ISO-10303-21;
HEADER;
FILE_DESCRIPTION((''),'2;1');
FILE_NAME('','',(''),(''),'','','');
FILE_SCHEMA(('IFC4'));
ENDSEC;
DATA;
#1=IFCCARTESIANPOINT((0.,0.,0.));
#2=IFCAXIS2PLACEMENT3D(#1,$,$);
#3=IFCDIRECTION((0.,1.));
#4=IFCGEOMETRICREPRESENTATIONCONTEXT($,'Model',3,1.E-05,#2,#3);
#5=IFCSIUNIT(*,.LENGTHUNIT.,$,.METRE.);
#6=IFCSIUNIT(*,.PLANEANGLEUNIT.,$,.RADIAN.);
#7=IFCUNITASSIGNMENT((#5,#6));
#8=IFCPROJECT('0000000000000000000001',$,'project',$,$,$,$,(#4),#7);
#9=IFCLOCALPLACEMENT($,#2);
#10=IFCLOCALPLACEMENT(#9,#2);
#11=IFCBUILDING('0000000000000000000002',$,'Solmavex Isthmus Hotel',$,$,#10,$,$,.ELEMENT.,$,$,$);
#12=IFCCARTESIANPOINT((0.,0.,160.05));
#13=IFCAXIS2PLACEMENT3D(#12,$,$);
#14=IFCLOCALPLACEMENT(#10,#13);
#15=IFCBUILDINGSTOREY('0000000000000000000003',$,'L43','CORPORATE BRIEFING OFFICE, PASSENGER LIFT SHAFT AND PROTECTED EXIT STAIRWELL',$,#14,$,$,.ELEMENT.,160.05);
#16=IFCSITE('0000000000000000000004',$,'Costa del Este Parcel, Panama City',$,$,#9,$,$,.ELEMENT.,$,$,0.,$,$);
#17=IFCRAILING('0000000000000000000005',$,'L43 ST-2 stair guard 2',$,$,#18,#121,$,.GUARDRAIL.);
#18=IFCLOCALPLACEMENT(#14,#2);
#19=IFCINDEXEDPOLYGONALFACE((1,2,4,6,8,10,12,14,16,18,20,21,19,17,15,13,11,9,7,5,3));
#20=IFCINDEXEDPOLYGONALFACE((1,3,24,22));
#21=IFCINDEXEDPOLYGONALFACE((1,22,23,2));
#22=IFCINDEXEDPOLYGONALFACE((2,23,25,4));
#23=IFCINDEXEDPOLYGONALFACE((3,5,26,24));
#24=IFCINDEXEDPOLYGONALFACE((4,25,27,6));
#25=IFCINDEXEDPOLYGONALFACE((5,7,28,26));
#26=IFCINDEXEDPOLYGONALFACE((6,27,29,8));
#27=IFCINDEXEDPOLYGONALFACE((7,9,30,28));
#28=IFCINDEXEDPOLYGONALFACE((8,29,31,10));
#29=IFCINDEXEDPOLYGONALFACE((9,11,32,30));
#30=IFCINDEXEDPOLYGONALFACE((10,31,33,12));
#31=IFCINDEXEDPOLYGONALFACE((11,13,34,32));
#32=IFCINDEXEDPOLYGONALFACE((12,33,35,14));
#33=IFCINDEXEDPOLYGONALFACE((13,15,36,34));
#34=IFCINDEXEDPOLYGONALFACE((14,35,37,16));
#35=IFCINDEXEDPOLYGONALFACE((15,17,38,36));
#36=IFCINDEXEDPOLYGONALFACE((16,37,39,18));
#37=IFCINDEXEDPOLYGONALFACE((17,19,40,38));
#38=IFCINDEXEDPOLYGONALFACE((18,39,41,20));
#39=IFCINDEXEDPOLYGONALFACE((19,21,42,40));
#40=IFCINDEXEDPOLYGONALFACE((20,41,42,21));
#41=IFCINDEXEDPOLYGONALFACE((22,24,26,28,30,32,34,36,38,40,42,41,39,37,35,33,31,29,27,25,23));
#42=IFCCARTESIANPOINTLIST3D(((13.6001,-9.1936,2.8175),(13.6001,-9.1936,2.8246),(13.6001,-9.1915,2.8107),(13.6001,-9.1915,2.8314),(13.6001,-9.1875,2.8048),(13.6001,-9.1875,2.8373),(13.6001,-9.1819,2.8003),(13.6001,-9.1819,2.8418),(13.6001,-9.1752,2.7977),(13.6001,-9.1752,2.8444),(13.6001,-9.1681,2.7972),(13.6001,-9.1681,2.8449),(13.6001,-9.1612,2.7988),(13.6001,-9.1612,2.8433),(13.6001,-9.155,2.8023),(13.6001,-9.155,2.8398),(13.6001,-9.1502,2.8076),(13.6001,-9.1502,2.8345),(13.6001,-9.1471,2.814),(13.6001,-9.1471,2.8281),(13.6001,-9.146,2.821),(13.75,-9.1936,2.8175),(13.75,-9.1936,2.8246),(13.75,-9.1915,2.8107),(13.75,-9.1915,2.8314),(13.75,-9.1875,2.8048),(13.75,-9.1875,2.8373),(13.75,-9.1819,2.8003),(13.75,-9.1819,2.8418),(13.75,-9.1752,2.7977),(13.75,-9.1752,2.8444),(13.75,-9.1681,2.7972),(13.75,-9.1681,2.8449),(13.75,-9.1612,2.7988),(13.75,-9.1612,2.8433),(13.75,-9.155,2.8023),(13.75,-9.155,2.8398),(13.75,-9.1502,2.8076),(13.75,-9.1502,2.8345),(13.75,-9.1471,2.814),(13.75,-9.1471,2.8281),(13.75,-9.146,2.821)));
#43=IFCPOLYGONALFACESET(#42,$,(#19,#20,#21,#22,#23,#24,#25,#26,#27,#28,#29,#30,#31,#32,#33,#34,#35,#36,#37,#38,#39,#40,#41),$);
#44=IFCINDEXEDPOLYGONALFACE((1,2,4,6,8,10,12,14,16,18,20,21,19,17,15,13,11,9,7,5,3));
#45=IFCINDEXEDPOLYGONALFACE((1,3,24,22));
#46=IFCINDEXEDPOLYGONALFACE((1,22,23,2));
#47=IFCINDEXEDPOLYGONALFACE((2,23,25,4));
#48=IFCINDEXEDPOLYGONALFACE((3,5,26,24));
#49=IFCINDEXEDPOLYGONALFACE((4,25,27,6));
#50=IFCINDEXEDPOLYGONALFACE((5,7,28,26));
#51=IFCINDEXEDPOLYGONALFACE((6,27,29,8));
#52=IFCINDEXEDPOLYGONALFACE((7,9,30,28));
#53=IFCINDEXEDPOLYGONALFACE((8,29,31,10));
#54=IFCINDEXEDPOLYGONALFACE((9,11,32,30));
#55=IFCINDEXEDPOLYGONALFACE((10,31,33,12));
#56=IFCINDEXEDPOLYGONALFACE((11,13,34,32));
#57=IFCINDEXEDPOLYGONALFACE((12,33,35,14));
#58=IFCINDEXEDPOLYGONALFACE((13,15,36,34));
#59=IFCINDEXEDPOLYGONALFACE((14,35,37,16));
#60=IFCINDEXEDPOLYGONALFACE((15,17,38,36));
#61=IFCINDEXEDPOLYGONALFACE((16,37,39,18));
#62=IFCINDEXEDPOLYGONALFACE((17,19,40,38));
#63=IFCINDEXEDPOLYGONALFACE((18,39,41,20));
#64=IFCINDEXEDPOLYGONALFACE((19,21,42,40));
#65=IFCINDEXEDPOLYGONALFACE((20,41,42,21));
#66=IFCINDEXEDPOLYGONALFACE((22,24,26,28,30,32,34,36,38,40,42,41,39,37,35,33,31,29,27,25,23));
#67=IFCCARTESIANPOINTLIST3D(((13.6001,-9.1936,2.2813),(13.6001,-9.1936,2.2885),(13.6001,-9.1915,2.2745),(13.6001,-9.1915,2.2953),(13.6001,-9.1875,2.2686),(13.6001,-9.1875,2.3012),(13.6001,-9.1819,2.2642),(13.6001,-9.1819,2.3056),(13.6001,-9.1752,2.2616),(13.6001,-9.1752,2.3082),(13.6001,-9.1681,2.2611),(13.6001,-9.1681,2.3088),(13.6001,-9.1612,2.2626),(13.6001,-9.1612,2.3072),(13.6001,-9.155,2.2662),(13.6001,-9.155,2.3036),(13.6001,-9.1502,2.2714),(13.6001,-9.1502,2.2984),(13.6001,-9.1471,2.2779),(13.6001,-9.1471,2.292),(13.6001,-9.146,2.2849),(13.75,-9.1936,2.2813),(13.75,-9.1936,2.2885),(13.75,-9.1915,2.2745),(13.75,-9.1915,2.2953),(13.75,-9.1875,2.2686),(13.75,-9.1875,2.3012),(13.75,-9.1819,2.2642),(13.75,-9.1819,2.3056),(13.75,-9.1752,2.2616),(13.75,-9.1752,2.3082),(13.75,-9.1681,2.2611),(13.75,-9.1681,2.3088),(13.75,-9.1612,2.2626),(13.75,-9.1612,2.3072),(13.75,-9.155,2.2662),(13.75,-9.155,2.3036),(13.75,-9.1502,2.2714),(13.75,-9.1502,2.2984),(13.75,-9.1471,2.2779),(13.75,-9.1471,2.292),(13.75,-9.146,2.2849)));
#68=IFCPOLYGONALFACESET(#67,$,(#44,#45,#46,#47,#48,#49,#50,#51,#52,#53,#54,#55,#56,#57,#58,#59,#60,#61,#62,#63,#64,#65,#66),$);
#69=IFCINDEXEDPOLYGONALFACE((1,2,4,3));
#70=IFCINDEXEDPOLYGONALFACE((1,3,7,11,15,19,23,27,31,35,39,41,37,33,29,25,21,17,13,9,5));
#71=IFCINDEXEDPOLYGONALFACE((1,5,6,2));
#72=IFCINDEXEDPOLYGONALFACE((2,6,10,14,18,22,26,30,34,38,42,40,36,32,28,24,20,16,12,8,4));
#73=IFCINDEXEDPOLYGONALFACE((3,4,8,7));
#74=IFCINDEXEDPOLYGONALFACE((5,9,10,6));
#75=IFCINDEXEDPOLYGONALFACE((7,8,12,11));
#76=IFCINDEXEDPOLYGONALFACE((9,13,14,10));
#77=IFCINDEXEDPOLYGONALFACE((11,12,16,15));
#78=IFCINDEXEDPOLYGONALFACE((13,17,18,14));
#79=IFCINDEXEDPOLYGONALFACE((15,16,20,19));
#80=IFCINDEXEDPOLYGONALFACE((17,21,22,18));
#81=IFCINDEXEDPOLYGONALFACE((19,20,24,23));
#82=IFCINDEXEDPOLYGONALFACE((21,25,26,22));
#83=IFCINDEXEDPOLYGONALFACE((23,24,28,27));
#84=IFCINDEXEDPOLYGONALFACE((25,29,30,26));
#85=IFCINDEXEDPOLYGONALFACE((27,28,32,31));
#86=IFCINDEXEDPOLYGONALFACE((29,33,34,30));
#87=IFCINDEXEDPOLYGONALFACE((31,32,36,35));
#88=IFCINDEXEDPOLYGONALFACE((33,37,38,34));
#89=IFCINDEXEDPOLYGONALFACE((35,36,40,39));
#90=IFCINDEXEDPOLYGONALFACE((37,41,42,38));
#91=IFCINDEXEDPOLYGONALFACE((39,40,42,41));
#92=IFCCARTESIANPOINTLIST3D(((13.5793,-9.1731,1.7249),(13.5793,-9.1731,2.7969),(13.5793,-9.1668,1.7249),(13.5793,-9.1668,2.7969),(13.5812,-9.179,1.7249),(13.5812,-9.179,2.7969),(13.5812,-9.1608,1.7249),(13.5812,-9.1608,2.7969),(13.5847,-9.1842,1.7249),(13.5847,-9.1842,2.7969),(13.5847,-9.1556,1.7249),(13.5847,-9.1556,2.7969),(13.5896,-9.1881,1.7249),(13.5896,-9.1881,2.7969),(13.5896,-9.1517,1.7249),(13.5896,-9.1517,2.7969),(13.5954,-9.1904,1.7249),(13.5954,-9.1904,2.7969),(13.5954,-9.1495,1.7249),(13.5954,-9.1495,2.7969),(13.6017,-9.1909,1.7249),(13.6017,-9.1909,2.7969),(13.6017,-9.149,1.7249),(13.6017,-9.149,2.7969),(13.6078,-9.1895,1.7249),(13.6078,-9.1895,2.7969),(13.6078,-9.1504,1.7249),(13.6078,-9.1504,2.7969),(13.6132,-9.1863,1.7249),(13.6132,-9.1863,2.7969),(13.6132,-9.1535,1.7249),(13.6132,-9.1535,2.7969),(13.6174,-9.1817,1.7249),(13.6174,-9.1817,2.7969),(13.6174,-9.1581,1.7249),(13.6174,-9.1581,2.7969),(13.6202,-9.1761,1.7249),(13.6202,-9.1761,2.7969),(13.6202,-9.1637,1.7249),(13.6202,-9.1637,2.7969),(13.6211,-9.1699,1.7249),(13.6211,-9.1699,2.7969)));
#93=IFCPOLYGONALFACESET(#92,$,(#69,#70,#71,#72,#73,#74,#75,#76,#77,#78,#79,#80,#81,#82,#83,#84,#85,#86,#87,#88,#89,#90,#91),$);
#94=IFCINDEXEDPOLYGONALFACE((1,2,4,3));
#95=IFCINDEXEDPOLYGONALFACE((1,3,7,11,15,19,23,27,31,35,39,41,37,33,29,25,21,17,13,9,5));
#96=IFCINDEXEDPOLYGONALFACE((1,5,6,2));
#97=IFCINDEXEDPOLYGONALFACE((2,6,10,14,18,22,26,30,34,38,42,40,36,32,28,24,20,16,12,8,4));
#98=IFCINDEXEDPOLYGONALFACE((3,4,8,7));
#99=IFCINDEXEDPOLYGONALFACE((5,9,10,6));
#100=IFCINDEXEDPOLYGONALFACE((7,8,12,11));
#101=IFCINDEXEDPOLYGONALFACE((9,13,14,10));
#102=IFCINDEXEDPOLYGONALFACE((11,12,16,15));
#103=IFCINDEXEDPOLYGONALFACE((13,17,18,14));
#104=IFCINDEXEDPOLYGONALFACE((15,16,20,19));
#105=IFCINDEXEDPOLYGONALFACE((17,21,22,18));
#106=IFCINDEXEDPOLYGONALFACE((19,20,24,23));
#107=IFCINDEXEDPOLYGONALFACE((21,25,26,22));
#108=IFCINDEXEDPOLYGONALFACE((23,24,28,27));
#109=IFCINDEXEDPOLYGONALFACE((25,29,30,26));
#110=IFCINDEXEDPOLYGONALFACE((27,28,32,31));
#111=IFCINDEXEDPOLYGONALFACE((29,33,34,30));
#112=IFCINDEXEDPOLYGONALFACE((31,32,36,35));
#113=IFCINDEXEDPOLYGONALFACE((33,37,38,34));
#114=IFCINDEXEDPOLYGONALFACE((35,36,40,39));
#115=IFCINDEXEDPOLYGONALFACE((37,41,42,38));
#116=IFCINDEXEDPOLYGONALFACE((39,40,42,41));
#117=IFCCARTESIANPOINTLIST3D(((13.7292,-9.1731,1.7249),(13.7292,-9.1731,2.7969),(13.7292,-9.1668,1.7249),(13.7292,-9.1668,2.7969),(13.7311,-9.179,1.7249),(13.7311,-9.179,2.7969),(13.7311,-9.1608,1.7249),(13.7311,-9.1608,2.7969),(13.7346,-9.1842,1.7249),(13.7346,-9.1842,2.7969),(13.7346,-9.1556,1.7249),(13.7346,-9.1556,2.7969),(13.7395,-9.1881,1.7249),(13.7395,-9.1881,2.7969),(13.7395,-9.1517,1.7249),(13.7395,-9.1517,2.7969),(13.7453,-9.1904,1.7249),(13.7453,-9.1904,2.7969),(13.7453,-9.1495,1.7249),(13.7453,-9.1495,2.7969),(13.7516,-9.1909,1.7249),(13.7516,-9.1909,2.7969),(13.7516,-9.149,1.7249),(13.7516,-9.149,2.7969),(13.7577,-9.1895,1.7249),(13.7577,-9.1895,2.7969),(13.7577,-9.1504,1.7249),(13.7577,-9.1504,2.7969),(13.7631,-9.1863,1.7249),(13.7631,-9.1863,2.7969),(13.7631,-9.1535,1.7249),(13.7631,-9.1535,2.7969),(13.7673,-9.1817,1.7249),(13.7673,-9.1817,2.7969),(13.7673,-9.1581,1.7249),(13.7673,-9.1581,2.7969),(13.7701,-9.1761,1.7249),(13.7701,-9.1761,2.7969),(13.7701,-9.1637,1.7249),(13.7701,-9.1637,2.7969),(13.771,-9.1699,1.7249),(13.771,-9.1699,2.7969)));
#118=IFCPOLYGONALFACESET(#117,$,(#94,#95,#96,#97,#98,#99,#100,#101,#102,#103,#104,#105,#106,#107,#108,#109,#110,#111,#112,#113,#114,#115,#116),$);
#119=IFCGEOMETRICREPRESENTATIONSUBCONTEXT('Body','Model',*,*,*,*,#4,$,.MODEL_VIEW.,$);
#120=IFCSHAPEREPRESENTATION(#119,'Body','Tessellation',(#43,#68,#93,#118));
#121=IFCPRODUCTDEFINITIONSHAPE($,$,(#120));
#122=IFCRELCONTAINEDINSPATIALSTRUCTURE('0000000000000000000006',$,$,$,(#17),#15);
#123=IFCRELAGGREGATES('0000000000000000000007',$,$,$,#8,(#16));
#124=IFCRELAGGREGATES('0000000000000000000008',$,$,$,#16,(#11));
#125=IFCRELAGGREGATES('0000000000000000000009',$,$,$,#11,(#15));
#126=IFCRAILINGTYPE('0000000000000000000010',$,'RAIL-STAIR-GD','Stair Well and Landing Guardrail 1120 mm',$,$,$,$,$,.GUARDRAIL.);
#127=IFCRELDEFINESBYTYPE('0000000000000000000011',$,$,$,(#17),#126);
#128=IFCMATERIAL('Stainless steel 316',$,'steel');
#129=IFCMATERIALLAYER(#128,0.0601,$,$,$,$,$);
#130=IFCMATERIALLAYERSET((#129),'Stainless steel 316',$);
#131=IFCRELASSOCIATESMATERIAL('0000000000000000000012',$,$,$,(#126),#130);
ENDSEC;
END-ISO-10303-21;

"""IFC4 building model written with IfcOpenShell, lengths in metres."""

from ifc_helpers import new_model, si_unit, direction, frame, origin, origin_2d, place, context, subcontext, project, spatial, circle, extrude, material, layer, layer_set, type_object, element, save


model = new_model("IFC4")

# Units and contexts
model_context = context("Model", 3, precision=1e-05, world=origin(), true_north=direction((0.0, 1.0)))
body_context = subcontext(model_context, "Body", "Model", "MODEL_VIEW")
ifc_project = project(units=[si_unit("LENGTHUNIT", "METRE"), si_unit("PLANEANGLEUNIT", "RADIAN")], contexts=[model_context])

# Site, building, storey
site_placement = place(None, origin())
site = spatial("IfcSite", under=ifc_project, at=site_placement, Name="Costa del Este Parcel, Panama City", CompositionType="ELEMENT", RefElevation=0.0)
building_placement = place(site_placement, origin())
building = spatial("IfcBuilding", under=site, at=building_placement, Name="Solmavex Isthmus Hotel", CompositionType="ELEMENT")
storey_placement = place(building_placement, frame((0.0, 0.0, 160.05)))
storey = spatial("IfcBuildingStorey", under=building, at=storey_placement, Name="L43", Description="CORPORATE BRIEFING OFFICE, PASSENGER LIFT SHAFT AND PROTECTED EXIT STAIRWELL", CompositionType="ELEMENT", Elevation=160.05)

# Shared definitions
ifc_material_1 = material(Name="Stainless steel 316", Category="steel")

# Railing
ifc_layer_1 = layer(ifc_material_1, 0.0601)
ifc_layer_set_1 = layer_set([ifc_layer_1], Name="Stainless steel 316")
railing_type_1 = type_object("IfcRailingType", Name="RAIL-STAIR-GD", Description="Stair Well and Landing Guardrail 1120 mm", PredefinedType="GUARDRAIL", material=ifc_layer_set_1)
for number, where, name in (
    (1, (13.6001, -9.1699, 1.7249), "L43 ST-2 stair guard 2"),
):
    element("IfcRailing", number, at=place(storey_placement, frame(where)), inside=storey, type_object=railing_type_1, Name=name, PredefinedType="GUARDRAIL", context=body_context, shape_type="SweptSolid", body=[
        extrude(circle(Radius=0.0239, at=origin_2d()), frame((0.0, 0.0, 1.0962), z_axis=(1.0, 0.0, 0.0), x_axis=(0.0, 1.0, 0.0)), (0.0, 0.0, 1.0), 0.1499),
        extrude(circle(Radius=0.0239, at=origin_2d()), frame((0.0, 0.0, 0.5601), z_axis=(1.0, 0.0, 0.0), x_axis=(0.0, 1.0, 0.0)), (0.0, 0.0, 1.0), 0.1499),
        extrude(circle(Radius=0.021, at=origin_2d()), origin(), (0.0, 0.0, 1.0), 1.072),
        extrude(circle(Radius=0.021, at=origin_2d()), frame((0.1499, 0.0, 0.0)), (0.0, 0.0, 1.0), 1.072),
    ])

save(model, "model.ifc")
